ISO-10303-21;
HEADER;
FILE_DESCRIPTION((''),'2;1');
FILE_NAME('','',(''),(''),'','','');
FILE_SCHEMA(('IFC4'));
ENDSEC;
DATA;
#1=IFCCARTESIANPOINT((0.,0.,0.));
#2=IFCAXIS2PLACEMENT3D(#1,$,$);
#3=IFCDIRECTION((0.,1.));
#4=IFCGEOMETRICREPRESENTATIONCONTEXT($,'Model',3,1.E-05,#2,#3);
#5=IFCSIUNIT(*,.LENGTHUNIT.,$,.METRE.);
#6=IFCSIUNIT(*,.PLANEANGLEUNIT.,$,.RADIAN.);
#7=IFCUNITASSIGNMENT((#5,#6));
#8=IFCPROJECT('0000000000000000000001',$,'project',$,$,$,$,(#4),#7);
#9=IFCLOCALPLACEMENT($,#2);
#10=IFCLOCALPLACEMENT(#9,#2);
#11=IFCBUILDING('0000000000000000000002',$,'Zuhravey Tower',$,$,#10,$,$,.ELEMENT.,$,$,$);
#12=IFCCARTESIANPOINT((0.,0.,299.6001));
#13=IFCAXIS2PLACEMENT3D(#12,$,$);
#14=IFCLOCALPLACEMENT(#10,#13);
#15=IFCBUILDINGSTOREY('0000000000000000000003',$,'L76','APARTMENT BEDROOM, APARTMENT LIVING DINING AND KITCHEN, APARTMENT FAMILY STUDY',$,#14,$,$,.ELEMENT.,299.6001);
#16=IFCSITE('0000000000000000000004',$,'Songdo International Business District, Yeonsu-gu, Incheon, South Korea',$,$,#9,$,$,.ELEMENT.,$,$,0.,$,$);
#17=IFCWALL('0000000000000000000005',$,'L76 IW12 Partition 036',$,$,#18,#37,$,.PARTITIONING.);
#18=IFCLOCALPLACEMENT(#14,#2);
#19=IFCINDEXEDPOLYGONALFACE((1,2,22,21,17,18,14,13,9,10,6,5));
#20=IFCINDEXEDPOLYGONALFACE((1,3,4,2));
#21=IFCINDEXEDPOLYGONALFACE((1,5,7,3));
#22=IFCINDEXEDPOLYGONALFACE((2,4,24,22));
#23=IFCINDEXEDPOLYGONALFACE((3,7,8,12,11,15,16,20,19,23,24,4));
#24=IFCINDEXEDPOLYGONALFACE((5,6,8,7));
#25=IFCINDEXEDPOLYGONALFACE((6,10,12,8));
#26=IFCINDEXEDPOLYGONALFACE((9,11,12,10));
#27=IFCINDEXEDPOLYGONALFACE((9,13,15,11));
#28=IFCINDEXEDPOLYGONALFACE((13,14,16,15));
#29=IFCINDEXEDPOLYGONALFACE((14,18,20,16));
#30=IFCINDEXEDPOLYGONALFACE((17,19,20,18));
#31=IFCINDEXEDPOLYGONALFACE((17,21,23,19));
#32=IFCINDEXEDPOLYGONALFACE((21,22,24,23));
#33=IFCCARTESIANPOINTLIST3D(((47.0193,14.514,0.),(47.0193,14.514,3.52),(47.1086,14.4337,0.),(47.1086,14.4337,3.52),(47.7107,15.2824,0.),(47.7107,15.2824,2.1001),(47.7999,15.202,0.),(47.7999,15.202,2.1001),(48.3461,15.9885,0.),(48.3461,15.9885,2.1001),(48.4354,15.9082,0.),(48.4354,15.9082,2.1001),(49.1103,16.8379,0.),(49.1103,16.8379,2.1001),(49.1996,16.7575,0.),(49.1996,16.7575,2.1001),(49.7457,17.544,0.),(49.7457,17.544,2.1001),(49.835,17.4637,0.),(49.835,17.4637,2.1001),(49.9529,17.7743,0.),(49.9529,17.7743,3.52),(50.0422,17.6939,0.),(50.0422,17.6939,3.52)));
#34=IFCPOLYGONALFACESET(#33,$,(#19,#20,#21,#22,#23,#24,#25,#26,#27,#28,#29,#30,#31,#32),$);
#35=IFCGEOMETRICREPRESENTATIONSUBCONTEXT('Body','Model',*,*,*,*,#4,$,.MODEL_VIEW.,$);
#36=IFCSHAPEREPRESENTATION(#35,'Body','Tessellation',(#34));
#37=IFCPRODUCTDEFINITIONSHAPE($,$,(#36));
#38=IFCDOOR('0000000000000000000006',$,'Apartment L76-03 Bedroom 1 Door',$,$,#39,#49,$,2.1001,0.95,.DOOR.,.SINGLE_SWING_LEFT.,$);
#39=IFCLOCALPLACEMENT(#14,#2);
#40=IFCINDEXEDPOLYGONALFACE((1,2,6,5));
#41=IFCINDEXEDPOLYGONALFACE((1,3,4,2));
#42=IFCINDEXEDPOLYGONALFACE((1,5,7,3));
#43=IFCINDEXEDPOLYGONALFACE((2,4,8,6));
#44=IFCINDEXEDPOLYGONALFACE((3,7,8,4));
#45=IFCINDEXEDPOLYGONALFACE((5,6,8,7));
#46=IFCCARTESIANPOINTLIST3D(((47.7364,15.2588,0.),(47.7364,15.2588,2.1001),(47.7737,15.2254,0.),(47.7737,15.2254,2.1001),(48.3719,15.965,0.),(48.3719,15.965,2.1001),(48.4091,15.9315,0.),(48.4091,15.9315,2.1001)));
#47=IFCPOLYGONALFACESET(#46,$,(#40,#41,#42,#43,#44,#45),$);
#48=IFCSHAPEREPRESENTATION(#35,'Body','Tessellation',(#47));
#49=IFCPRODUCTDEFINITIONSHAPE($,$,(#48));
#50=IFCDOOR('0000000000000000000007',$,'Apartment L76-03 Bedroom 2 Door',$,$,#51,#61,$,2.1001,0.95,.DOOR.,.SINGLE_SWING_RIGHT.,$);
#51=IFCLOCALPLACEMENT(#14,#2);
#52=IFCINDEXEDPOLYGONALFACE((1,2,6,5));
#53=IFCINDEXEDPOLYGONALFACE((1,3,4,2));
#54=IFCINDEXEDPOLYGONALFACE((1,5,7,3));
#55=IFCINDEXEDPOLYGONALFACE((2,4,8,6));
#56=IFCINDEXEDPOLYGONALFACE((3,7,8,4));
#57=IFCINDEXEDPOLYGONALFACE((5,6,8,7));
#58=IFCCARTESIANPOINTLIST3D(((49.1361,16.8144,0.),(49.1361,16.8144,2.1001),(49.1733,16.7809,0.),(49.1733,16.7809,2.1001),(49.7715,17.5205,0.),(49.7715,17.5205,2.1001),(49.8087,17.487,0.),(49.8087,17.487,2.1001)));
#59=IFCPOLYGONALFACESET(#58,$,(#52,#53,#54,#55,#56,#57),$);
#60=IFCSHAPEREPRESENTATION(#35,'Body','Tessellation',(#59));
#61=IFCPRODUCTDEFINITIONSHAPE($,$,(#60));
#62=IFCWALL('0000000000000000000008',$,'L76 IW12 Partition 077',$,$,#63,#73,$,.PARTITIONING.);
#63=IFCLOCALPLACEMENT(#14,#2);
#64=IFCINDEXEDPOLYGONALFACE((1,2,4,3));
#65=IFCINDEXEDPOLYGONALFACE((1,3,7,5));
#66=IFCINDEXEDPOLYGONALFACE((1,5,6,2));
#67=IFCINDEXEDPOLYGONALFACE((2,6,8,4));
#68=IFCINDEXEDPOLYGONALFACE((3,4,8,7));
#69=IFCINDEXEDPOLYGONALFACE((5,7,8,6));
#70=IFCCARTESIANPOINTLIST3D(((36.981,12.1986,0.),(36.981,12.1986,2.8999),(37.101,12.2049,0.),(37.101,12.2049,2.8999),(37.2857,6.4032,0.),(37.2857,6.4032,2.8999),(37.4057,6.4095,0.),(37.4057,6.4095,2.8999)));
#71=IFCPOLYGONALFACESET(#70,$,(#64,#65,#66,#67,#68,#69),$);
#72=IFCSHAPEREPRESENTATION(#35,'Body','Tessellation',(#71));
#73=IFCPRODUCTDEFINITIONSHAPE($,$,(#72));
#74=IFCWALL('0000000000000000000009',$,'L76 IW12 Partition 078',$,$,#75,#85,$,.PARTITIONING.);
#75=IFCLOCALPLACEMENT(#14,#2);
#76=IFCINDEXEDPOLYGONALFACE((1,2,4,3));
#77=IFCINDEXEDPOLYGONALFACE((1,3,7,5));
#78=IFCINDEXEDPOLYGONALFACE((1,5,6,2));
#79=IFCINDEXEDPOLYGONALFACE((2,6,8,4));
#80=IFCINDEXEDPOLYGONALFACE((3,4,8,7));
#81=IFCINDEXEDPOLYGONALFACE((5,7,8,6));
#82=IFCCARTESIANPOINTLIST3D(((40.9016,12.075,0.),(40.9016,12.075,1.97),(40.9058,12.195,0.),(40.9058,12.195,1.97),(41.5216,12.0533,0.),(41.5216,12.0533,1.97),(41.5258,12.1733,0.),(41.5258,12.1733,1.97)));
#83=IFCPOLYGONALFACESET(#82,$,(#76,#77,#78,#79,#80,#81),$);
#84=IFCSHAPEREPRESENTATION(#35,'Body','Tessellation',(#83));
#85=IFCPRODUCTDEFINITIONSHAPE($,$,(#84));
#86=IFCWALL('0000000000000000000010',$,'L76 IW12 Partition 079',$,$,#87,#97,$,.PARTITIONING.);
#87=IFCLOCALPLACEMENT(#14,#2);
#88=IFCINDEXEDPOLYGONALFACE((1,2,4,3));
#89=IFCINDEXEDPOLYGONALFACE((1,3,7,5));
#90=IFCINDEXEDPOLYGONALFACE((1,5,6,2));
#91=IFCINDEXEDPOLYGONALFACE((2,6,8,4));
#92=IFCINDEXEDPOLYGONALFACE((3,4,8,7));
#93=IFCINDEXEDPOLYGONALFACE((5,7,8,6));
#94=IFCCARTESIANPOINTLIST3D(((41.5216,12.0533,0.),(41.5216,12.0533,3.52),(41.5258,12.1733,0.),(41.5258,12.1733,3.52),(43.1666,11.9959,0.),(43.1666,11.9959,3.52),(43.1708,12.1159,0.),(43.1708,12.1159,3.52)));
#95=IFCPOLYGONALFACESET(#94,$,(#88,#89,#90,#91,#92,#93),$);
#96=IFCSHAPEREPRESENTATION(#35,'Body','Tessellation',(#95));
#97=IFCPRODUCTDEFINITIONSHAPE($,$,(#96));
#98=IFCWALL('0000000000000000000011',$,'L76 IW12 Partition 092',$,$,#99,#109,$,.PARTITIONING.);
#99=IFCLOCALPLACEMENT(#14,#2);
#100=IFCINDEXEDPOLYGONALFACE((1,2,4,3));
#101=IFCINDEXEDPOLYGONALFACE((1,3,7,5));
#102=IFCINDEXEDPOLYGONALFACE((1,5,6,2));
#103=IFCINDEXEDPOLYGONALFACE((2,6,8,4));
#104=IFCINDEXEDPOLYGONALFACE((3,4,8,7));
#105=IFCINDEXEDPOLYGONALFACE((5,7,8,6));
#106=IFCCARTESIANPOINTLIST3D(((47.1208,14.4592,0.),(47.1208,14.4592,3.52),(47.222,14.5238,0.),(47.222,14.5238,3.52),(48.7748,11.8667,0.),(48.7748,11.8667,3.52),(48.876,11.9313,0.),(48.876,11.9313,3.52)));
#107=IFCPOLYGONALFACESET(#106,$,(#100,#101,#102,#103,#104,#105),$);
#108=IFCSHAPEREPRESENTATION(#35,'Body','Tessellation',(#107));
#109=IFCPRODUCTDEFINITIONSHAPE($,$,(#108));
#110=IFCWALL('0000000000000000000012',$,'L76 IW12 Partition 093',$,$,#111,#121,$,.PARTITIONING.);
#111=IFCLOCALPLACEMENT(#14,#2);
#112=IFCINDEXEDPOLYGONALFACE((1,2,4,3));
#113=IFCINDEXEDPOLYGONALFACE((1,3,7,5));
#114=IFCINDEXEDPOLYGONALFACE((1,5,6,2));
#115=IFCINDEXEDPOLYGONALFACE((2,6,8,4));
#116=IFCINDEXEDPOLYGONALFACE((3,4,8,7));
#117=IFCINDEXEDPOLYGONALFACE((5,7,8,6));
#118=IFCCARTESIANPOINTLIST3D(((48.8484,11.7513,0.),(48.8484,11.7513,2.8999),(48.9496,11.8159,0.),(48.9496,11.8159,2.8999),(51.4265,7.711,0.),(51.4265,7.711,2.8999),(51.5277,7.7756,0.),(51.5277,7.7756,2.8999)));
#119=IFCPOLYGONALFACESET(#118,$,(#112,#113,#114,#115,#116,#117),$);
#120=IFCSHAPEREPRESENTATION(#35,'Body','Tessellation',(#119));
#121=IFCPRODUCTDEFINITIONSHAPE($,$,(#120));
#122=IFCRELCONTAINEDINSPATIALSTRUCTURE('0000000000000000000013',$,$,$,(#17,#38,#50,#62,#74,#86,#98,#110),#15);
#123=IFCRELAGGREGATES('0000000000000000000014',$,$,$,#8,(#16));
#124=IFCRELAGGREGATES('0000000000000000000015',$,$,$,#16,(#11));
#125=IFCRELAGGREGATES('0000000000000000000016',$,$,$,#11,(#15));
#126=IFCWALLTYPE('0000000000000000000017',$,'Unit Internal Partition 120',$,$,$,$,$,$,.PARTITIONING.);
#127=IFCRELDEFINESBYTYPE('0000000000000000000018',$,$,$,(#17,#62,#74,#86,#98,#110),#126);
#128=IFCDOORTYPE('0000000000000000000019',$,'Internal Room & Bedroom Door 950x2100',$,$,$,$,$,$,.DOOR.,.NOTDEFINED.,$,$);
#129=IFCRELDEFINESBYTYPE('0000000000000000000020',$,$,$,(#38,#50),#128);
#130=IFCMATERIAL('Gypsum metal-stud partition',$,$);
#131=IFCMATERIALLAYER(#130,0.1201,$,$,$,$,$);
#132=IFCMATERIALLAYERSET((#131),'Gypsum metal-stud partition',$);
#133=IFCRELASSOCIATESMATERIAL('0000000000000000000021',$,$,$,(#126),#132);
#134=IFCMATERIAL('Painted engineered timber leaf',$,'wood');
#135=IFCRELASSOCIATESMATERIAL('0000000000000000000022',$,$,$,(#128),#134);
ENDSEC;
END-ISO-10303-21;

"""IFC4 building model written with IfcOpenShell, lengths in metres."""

from ifc_helpers import new_model, si_unit, direction, frame, frame_2d, origin, place, context, subcontext, project, spatial, rectangle, extrude, material, layer, layer_set, type_object, element, fill, save


model = new_model("IFC4")

# Units and contexts
model_context = context("Model", 3, precision=1e-05, world=origin(), true_north=direction((0.0, 1.0)))
body_context = subcontext(model_context, "Body", "Model", "MODEL_VIEW")
ifc_project = project(units=[si_unit("LENGTHUNIT", "METRE"), si_unit("PLANEANGLEUNIT", "RADIAN")], contexts=[model_context])

# Site, building, storey
site_placement = place(None, origin())
site = spatial("IfcSite", under=ifc_project, at=site_placement, Name="Songdo International Business District, Yeonsu-gu, Incheon, South Korea", CompositionType="ELEMENT", RefElevation=0.0)
building_placement = place(site_placement, origin())
building = spatial("IfcBuilding", under=site, at=building_placement, Name="Zuhravey Tower", CompositionType="ELEMENT")
storey_placement = place(building_placement, frame((0.0, 0.0, 299.6001)))
storey = spatial("IfcBuildingStorey", under=building, at=storey_placement, Name="L76", Description="APARTMENT BEDROOM, APARTMENT LIVING DINING AND KITCHEN, APARTMENT FAMILY STUDY", CompositionType="ELEMENT", Elevation=299.6001)

# Shared definitions
ifc_material_1 = material(Name="Gypsum metal-stud partition")
ifc_layer_1 = layer(ifc_material_1, 0.1201)
ifc_layer_set_1 = layer_set([ifc_layer_1], Name="Gypsum metal-stud partition")
wall_type_1 = type_object("IfcWallType", Name="Unit Internal Partition 120", PredefinedType="PARTITIONING", material=ifc_layer_set_1)
ifc_material_2 = material(Name="Painted engineered timber leaf", Category="wood")
door_type_1 = type_object("IfcDoorType", Name="Internal Room & Bedroom Door 950x2100", OperationType="NOTDEFINED", PredefinedType="DOOR", material=ifc_material_2)

# Wall, openings, doors
wall_1_placement = place(storey_placement, frame((47.064, 14.4739, 0.0), z_axis=(0.0, 0.0, 1.0), x_axis=(0.668885, 0.743366, 0.0)))
wall_1 = element("IfcWall", 1, at=wall_1_placement, inside=storey, type_object=wall_type_1, Name="L76 IW12 Partition 036", PredefinedType="PARTITIONING", context=body_context, shape_type="SweptSolid", body=[
    extrude(rectangle(XDim=4.3857, YDim=0.1201, at=frame_2d((2.1929, 0.0))), origin(), (0.0, 0.0, 1.0), 3.52),
])
opening_1_placement = place(wall_1_placement, frame((1.0334, 0.0, 0.0)))
opening_1 = element("IfcOpeningElement", 2, at=opening_1_placement, cuts=wall_1, PredefinedType="OPENING", context=body_context, shape_type="SweptSolid", body=[
    extrude(rectangle(XDim=0.95, YDim=2.1001, at=frame_2d((0.4751, 1.05))), frame((0.0, 0.072, 0.0), z_axis=(0.0, -1.0, 0.0), x_axis=(1.0, 0.0, 0.0)), (0.0, 0.0, 1.0), 0.144),
])
opening_2_placement = place(wall_1_placement, frame((3.126, 0.0, 0.0)))
opening_2 = element("IfcOpeningElement", 3, at=opening_2_placement, cuts=wall_1, PredefinedType="OPENING", context=body_context, shape_type="SweptSolid", body=[
    extrude(rectangle(XDim=0.95, YDim=2.1001, at=frame_2d((0.4751, 1.05))), frame((0.0, 0.072, 0.0), z_axis=(0.0, -1.0, 0.0), x_axis=(1.0, 0.0, 0.0)), (0.0, 0.0, 1.0), 0.144),
])
door_1_placement = place(opening_1_placement, frame((0.95, 0.0, 0.0), z_axis=(0.0, 0.0, 1.0), x_axis=(-1.0, 0.0, 0.0)))
door_1 = element("IfcDoor", 4, at=door_1_placement, inside=storey, type_object=door_type_1, Name="Apartment L76-03 Bedroom 1 Door", OperationType="SINGLE_SWING_LEFT", OverallHeight=2.1001, OverallWidth=0.95, PredefinedType="DOOR", context=body_context, shape_type="SweptSolid", body=[
    extrude(rectangle(XDim=0.95, YDim=2.1001, at=frame_2d((0.4751, 1.05))), frame((0.0, 0.0249, 0.0), z_axis=(0.0, -1.0, 0.0), x_axis=(1.0, 0.0, 0.0)), (0.0, 0.0, 1.0), 0.05),
])
fill(opening_1, door_1)
door_2_placement = place(opening_2_placement, frame((0.95, 0.0, 0.0), z_axis=(0.0, 0.0, 1.0), x_axis=(-1.0, 0.0, 0.0)))
door_2 = element("IfcDoor", 5, at=door_2_placement, inside=storey, type_object=door_type_1, Name="Apartment L76-03 Bedroom 2 Door", OperationType="SINGLE_SWING_RIGHT", OverallHeight=2.1001, OverallWidth=0.95, PredefinedType="DOOR", context=body_context, shape_type="SweptSolid", body=[
    extrude(rectangle(XDim=0.95, YDim=2.1001, at=frame_2d((0.4751, 1.05))), frame((0.0, 0.0249, 0.0), z_axis=(0.0, -1.0, 0.0), x_axis=(1.0, 0.0, 0.0)), (0.0, 0.0, 1.0), 0.05),
])
fill(opening_2, door_2)

# Walls
wall_2_placement = place(storey_placement, frame((37.041, 12.2019, 0.0), z_axis=(0.0, 0.0, 1.0), x_axis=(0.052501, -0.998621, 0.0)))
element("IfcWall", 6, at=wall_2_placement, inside=storey, type_object=wall_type_1, Name="L76 IW12 Partition 077", PredefinedType="PARTITIONING", context=body_context, shape_type="SweptSolid", body=[
    extrude(rectangle(XDim=5.8035, YDim=0.1201, at=frame_2d((2.9019, 0.0))), origin(), (0.0, 0.0, 1.0), 2.8999),
])
wall_3_placement = place(storey_placement, frame((40.9038, 12.135, 0.0), z_axis=(0.0, 0.0, 1.0), x_axis=(0.999386, -0.035032, 0.0)))
element("IfcWall", 7, at=wall_3_placement, inside=storey, type_object=wall_type_1, Name="L76 IW12 Partition 078", PredefinedType="PARTITIONING", context=body_context, shape_type="SweptSolid", body=[
    extrude(rectangle(XDim=0.6204, YDim=0.1201, at=frame_2d((0.3101, 0.0))), origin(), (0.0, 0.0, 1.0), 1.97),
])
wall_4_placement = place(storey_placement, frame((41.5237, 12.1133, 0.0), z_axis=(0.0, 0.0, 1.0), x_axis=(0.999392, -0.034856, 0.0)))
element("IfcWall", 8, at=wall_4_placement, inside=storey, type_object=wall_type_1, Name="L76 IW12 Partition 079", PredefinedType="PARTITIONING", context=body_context, shape_type="SweptSolid", body=[
    extrude(rectangle(XDim=1.646, YDim=0.1201, at=frame_2d((0.823, 0.0))), origin(), (0.0, 0.0, 1.0), 3.52),
])
wall_5_placement = place(storey_placement, frame((47.1714, 14.4915, 0.0), z_axis=(0.0, 0.0, 1.0), x_axis=(0.537861, -0.843033, 0.0)))
element("IfcWall", 9, at=wall_5_placement, inside=storey, type_object=wall_type_1, Name="L76 IW12 Partition 092", PredefinedType="PARTITIONING", context=body_context, shape_type="SweptSolid", body=[
    extrude(rectangle(XDim=3.0752, YDim=0.1201, at=frame_2d((1.5376, 0.0))), origin(), (0.0, 0.0, 1.0), 3.52),
])
wall_6_placement = place(storey_placement, frame((48.8989, 11.7837, 0.0), z_axis=(0.0, 0.0, 1.0), x_axis=(0.53792, -0.842996, 0.0)))
element("IfcWall", 10, at=wall_6_placement, inside=storey, type_object=wall_type_1, Name="L76 IW12 Partition 093", PredefinedType="PARTITIONING", context=body_context, shape_type="SweptSolid", body=[
    extrude(rectangle(XDim=4.7927, YDim=0.1201, at=frame_2d((2.3965, 0.0))), origin(), (0.0, 0.0, 1.0), 2.8999),
])

save(model, "model.ifc")
